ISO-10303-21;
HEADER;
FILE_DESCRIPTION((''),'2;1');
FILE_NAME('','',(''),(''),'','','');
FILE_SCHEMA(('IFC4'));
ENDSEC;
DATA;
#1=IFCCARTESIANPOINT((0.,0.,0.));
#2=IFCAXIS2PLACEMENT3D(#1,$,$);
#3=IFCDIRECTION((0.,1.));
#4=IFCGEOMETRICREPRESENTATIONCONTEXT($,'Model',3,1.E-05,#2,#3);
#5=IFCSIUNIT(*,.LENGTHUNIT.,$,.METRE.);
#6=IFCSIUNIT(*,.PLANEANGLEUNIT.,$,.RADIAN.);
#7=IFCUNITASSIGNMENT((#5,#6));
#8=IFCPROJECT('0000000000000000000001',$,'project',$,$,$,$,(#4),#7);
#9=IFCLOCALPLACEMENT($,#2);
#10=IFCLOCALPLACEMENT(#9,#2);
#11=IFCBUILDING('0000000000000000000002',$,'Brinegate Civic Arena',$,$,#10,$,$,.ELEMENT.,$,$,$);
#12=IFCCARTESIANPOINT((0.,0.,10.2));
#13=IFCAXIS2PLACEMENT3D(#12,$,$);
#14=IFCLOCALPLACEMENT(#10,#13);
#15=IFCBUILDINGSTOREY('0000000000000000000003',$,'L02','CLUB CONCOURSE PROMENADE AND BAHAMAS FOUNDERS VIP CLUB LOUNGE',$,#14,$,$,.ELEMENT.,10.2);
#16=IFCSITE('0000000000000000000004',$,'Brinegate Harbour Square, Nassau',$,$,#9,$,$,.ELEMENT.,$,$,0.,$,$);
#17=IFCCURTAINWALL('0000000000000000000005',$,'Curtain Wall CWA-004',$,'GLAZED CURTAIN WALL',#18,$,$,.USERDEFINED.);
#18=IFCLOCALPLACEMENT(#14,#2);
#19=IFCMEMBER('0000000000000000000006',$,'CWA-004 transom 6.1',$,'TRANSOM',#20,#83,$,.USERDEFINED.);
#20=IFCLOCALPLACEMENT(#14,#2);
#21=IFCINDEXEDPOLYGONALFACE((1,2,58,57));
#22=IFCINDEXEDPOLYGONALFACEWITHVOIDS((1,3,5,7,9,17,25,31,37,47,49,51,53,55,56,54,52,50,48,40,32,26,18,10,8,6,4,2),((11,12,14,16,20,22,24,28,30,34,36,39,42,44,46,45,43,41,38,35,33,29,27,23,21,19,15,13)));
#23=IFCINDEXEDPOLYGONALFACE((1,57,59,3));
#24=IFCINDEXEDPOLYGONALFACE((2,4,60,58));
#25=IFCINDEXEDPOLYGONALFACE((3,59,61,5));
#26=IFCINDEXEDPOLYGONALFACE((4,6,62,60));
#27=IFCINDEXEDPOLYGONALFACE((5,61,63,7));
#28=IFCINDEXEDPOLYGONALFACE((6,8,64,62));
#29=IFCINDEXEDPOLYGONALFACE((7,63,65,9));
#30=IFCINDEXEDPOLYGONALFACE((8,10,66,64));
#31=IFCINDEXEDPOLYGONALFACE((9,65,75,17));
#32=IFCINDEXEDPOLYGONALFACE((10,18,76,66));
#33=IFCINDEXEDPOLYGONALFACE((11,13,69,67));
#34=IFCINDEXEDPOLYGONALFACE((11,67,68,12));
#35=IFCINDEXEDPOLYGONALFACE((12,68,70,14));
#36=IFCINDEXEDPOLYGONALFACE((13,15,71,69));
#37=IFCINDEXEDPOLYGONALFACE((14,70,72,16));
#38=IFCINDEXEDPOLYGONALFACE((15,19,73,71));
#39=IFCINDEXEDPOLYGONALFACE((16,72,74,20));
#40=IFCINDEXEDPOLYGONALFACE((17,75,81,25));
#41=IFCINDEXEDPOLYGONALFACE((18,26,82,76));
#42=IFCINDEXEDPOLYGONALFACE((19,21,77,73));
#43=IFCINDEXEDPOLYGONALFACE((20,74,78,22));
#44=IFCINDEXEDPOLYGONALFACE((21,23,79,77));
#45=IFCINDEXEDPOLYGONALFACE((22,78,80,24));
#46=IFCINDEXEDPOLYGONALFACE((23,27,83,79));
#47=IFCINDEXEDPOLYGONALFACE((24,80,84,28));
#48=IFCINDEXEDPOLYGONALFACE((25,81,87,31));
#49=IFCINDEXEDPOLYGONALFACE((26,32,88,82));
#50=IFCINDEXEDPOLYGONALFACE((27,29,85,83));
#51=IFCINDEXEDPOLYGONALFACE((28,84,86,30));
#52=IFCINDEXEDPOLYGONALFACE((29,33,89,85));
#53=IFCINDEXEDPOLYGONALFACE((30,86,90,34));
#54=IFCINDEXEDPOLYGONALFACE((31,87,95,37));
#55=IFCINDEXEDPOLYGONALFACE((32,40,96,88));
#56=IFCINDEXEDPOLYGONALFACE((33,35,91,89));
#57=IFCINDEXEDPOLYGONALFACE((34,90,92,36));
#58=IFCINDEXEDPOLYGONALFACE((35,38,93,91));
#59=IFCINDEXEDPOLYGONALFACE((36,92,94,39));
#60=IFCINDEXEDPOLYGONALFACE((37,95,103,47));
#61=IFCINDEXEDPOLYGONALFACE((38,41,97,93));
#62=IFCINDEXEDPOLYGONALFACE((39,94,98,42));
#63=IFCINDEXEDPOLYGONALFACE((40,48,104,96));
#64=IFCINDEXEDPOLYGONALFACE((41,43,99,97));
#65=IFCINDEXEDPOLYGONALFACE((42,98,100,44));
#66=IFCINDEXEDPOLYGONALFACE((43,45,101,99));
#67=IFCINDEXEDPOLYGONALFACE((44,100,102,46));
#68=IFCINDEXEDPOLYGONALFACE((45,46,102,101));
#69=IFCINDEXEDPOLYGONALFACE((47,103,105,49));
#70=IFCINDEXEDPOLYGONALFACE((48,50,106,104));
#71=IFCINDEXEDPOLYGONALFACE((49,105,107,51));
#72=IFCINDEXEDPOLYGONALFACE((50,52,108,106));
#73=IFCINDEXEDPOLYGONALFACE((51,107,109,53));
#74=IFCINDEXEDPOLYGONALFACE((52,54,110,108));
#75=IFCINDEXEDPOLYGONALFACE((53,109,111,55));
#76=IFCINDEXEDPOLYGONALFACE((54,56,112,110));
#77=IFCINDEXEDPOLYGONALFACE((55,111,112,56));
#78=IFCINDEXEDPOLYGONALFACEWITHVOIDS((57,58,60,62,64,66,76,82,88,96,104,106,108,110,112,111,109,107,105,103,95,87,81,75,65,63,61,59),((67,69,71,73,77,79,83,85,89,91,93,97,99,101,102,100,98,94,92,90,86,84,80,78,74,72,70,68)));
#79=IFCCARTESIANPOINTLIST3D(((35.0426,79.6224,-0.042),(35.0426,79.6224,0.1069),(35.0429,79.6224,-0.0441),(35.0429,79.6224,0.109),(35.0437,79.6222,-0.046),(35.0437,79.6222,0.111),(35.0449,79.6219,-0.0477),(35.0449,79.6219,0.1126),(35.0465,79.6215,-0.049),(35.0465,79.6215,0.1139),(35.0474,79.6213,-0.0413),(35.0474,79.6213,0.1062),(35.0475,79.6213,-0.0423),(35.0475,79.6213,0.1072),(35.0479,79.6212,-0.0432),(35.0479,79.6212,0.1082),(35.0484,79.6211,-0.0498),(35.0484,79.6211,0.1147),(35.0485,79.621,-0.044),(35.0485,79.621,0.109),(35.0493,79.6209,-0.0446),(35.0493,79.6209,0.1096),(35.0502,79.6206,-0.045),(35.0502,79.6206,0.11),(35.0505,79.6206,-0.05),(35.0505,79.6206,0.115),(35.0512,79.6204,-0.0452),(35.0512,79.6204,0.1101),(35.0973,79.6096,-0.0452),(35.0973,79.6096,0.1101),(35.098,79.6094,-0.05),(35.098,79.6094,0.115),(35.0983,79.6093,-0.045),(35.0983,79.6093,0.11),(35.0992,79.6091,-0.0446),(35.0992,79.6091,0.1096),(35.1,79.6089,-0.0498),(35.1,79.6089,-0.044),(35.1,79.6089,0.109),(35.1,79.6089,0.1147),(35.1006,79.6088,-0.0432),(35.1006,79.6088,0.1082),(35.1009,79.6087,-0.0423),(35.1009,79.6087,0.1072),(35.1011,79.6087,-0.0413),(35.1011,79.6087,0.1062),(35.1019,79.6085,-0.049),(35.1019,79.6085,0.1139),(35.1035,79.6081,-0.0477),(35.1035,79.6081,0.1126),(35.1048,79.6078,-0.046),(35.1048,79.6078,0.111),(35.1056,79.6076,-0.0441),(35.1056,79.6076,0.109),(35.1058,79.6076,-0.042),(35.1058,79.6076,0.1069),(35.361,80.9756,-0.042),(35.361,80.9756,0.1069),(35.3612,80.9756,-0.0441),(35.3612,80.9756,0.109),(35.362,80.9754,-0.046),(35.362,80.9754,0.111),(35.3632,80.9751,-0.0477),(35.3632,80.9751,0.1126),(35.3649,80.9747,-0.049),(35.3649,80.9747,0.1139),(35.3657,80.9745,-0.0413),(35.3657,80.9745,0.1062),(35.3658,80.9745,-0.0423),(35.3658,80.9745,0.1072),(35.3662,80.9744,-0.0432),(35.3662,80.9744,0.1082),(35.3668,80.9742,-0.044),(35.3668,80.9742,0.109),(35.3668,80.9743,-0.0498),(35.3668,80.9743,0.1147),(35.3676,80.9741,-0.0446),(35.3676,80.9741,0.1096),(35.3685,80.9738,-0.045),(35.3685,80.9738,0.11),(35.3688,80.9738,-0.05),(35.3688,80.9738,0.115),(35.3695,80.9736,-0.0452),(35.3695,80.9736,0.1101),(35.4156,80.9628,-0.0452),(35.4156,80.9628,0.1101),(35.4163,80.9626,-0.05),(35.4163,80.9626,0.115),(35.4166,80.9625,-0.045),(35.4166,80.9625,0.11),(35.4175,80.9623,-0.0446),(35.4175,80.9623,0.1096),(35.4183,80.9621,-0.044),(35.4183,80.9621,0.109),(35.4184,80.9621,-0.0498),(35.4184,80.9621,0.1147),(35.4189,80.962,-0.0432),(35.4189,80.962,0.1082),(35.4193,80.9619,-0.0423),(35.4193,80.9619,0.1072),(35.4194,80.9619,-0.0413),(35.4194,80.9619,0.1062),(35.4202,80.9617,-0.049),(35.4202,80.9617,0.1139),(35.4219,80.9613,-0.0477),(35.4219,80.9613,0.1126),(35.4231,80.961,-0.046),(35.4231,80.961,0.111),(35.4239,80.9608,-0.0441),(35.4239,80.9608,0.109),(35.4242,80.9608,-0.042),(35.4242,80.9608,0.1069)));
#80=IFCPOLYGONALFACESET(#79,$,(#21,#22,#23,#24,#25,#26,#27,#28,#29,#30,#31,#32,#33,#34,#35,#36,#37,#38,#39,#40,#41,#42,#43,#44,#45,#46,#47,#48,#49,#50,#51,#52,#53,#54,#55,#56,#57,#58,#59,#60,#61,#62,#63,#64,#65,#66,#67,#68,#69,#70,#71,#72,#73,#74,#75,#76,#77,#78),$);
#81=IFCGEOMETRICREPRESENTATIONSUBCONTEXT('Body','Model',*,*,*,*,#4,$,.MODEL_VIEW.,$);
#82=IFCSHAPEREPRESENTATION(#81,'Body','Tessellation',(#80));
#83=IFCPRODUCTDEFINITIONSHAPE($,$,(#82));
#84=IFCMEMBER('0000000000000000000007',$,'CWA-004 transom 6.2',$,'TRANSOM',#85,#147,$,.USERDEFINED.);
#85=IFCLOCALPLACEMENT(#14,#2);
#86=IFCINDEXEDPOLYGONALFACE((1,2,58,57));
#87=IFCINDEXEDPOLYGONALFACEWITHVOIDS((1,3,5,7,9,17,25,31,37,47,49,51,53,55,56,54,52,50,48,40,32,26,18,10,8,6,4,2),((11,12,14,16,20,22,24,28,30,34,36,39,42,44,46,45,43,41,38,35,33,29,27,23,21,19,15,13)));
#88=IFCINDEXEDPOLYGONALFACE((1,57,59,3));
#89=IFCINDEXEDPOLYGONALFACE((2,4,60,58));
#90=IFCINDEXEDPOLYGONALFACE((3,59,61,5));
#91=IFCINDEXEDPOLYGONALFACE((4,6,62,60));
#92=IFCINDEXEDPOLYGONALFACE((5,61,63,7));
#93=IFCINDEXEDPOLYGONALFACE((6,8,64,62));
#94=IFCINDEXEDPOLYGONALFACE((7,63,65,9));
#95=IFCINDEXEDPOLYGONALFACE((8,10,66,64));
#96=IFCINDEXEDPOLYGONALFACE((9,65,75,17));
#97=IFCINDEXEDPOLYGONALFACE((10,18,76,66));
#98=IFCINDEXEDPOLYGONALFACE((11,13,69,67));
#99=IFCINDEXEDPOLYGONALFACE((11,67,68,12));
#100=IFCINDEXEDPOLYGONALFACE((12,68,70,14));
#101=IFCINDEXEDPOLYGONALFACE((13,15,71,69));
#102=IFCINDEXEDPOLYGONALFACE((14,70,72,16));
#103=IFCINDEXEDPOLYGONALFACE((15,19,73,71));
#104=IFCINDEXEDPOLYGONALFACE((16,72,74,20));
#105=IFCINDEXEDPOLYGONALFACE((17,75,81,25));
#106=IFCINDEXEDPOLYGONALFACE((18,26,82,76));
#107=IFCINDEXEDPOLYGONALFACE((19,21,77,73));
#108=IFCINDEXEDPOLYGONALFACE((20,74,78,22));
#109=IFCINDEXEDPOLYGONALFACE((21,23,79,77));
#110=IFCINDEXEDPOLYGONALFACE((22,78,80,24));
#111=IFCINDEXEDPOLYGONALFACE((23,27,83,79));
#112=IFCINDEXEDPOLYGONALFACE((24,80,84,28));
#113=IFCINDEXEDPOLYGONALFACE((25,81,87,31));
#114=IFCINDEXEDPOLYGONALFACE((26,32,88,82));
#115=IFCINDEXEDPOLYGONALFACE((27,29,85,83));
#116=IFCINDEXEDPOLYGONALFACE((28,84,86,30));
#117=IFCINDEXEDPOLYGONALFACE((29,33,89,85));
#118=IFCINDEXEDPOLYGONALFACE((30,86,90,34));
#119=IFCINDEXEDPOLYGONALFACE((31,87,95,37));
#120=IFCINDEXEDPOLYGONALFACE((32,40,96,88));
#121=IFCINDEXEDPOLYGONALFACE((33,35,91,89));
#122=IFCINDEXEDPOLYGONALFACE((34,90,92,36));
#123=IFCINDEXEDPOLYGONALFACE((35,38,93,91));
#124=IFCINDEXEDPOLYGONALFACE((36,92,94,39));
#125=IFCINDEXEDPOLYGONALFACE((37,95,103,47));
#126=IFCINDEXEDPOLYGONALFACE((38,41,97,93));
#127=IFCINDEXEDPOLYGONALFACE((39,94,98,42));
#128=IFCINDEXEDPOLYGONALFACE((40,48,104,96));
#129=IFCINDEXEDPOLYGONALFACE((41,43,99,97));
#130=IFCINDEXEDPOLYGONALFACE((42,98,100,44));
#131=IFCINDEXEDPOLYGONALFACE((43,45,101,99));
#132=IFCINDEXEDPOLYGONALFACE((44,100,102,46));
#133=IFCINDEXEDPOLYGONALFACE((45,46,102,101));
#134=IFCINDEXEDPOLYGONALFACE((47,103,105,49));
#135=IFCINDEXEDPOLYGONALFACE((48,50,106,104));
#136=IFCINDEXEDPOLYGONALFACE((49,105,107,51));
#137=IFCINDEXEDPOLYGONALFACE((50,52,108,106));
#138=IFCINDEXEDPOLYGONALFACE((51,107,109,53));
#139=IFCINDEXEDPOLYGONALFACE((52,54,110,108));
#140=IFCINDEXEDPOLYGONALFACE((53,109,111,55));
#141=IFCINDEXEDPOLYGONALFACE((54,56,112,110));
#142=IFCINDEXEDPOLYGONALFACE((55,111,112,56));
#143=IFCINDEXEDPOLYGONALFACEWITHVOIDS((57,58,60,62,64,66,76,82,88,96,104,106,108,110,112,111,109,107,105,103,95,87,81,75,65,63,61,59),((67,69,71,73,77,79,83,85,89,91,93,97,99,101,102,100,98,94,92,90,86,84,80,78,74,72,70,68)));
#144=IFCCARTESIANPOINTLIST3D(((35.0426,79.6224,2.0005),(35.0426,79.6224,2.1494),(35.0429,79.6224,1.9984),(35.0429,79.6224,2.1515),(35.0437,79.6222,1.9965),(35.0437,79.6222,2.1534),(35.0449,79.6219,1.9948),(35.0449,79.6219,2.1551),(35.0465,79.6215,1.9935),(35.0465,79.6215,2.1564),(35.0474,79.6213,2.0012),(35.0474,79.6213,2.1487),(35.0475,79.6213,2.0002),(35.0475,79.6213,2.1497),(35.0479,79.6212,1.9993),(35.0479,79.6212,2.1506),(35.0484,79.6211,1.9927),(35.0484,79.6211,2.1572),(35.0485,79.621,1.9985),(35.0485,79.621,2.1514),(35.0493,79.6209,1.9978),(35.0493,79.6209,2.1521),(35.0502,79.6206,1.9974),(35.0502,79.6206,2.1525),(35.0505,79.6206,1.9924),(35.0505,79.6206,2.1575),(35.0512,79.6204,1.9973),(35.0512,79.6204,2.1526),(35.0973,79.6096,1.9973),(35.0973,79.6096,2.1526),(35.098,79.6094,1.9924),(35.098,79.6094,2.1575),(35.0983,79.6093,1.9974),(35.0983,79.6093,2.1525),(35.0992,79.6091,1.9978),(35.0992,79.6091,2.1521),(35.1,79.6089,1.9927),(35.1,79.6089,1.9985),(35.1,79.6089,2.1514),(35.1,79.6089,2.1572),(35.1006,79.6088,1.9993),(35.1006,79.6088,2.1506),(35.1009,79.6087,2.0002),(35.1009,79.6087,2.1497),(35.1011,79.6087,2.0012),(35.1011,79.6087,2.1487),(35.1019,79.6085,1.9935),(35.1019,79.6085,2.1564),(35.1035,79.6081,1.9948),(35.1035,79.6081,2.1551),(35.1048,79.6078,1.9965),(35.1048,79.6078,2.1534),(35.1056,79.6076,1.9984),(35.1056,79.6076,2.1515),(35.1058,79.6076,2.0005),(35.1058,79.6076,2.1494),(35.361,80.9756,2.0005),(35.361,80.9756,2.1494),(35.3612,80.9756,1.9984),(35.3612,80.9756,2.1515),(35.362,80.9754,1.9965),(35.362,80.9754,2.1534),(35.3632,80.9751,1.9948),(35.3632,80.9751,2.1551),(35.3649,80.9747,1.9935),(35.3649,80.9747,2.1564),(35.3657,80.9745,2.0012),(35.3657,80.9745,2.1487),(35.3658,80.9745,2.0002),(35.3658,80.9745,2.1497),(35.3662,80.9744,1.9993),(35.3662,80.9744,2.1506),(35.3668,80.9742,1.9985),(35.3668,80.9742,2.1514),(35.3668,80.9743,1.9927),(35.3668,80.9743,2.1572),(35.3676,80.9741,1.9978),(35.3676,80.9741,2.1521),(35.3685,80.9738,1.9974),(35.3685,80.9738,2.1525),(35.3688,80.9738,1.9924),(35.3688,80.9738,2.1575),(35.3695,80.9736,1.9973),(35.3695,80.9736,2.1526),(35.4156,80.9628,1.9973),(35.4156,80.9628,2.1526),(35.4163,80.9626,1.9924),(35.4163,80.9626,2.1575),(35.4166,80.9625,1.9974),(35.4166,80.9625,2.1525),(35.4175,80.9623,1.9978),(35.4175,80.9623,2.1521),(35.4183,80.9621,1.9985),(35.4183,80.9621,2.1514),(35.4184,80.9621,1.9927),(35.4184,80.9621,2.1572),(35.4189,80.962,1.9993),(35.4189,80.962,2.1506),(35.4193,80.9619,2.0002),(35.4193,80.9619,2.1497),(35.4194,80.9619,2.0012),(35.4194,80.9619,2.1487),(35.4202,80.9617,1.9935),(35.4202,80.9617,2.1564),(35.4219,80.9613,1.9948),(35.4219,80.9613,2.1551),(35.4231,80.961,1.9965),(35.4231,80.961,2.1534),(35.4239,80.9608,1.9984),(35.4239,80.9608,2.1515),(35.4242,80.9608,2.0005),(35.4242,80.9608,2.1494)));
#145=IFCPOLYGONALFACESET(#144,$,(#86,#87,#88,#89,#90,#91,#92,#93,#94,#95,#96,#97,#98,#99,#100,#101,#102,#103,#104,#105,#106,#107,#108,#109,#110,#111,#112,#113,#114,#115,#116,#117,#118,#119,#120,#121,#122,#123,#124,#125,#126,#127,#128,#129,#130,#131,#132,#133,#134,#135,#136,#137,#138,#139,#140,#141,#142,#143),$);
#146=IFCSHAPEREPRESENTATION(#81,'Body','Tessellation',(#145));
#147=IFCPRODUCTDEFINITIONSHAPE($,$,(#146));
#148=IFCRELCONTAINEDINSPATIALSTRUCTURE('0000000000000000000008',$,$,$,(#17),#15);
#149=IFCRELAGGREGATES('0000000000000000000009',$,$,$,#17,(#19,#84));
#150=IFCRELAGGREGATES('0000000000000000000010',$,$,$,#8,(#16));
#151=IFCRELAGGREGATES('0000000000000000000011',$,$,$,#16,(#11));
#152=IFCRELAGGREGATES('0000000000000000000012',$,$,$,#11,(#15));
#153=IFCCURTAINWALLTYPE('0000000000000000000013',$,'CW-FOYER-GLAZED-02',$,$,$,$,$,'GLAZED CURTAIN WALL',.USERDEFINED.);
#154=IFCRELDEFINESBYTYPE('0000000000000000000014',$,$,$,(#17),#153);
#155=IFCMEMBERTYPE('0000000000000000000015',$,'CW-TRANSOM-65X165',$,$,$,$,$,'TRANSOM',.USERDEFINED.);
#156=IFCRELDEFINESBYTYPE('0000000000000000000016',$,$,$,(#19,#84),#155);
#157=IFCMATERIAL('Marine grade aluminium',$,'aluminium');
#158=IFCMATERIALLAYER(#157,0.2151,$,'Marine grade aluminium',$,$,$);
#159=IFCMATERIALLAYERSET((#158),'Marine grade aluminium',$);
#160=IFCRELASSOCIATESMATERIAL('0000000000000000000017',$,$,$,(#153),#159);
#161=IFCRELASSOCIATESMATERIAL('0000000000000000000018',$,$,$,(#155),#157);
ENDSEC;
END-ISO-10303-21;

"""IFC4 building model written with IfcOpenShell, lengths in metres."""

from ifc_helpers import new_model, si_unit, direction, frame, origin, origin_2d, place, context, subcontext, project, spatial, hollow_rectangle, extrude, material, layer, layer_set, material_profile, profile_set, type_object, element, aggregate, save


model = new_model("IFC4")

# Units and contexts
model_context = context("Model", 3, precision=1e-05, world=origin(), true_north=direction((0.0, 1.0)))
body_context = subcontext(model_context, "Body", "Model", "MODEL_VIEW")
ifc_project = project(units=[si_unit("LENGTHUNIT", "METRE"), si_unit("PLANEANGLEUNIT", "RADIAN")], contexts=[model_context])

# Site, building, storey
site_placement = place(None, origin())
site = spatial("IfcSite", under=ifc_project, at=site_placement, Name="Brinegate Harbour Square, Nassau", CompositionType="ELEMENT", RefElevation=0.0)
building_placement = place(site_placement, origin())
building = spatial("IfcBuilding", under=site, at=building_placement, Name="Brinegate Civic Arena", CompositionType="ELEMENT")
storey_placement = place(building_placement, frame((0.0, 0.0, 10.2)))
storey = spatial("IfcBuildingStorey", under=building, at=storey_placement, Name="L02", Description="CLUB CONCOURSE PROMENADE AND BAHAMAS FOUNDERS VIP CLUB LOUNGE", CompositionType="ELEMENT", Elevation=10.2)

# Curtain wall, members
ifc_material_1 = material(Name="Marine grade aluminium", Category="aluminium")
ifc_layer_1 = layer(ifc_material_1, 0.2151, Name="Marine grade aluminium")
ifc_layer_set_1 = layer_set([ifc_layer_1], Name="Marine grade aluminium")
curtain_wall_type = type_object("IfcCurtainWallType", Name="CW-FOYER-GLAZED-02", ElementType="GLAZED CURTAIN WALL", PredefinedType="USERDEFINED", material=ifc_layer_set_1)
curtain_wall_placement = place(storey_placement, origin())
curtain_wall = element("IfcCurtainWall", 1, at=curtain_wall_placement, inside=storey, type_object=curtain_wall_type, Name="Curtain Wall CWA-004", ObjectType="GLAZED CURTAIN WALL", PredefinedType="USERDEFINED")
ifc_material_profile_1 = material_profile(ifc_material_1, hollow_rectangle(XDim=0.0649, YDim=0.165, WallThickness=0.0049, InnerFilletRadius=0.0039, OuterFilletRadius=0.0081, at=origin_2d()), Name="TRN65X165")
ifc_profile_set_1 = profile_set([ifc_material_profile_1], Name="Marine grade aluminium")
member_type_1 = type_object("IfcMemberType", Name="CW-TRANSOM-65X165", ElementType="TRANSOM", PredefinedType="USERDEFINED", material=ifc_profile_set_1)
member_1_placement = place(storey_placement, frame((35.0742, 79.615, 0.0325), z_axis=(0.229, 0.973426, 0.0), x_axis=(-0.973426, 0.229, 0.0)))
member_1 = element("IfcMember", 2, at=member_1_placement, type_object=member_type_1, Name="CWA-004 transom 6.1", ObjectType="TRANSOM", PredefinedType="USERDEFINED", context=body_context, shape_type="SweptSolid", body=[
    extrude(hollow_rectangle(XDim=0.0649, YDim=0.165, WallThickness=0.0049, InnerFilletRadius=0.0039, OuterFilletRadius=0.0081, at=origin_2d()), origin(), (0.0, 0.0, 1.0), 1.3901),
])
member_2_placement = place(storey_placement, frame((35.0742, 79.615, 2.075), z_axis=(0.229, 0.973426, 0.0), x_axis=(-0.973426, 0.229, 0.0)))
member_2 = element("IfcMember", 3, at=member_2_placement, type_object=member_type_1, Name="CWA-004 transom 6.2", ObjectType="TRANSOM", PredefinedType="USERDEFINED", context=body_context, shape_type="SweptSolid", body=[
    extrude(hollow_rectangle(XDim=0.0649, YDim=0.165, WallThickness=0.0049, InnerFilletRadius=0.0039, OuterFilletRadius=0.0081, at=origin_2d()), origin(), (0.0, 0.0, 1.0), 1.3901),
])

aggregate(curtain_wall, [member_1, member_2])

save(model, "model.ifc")
